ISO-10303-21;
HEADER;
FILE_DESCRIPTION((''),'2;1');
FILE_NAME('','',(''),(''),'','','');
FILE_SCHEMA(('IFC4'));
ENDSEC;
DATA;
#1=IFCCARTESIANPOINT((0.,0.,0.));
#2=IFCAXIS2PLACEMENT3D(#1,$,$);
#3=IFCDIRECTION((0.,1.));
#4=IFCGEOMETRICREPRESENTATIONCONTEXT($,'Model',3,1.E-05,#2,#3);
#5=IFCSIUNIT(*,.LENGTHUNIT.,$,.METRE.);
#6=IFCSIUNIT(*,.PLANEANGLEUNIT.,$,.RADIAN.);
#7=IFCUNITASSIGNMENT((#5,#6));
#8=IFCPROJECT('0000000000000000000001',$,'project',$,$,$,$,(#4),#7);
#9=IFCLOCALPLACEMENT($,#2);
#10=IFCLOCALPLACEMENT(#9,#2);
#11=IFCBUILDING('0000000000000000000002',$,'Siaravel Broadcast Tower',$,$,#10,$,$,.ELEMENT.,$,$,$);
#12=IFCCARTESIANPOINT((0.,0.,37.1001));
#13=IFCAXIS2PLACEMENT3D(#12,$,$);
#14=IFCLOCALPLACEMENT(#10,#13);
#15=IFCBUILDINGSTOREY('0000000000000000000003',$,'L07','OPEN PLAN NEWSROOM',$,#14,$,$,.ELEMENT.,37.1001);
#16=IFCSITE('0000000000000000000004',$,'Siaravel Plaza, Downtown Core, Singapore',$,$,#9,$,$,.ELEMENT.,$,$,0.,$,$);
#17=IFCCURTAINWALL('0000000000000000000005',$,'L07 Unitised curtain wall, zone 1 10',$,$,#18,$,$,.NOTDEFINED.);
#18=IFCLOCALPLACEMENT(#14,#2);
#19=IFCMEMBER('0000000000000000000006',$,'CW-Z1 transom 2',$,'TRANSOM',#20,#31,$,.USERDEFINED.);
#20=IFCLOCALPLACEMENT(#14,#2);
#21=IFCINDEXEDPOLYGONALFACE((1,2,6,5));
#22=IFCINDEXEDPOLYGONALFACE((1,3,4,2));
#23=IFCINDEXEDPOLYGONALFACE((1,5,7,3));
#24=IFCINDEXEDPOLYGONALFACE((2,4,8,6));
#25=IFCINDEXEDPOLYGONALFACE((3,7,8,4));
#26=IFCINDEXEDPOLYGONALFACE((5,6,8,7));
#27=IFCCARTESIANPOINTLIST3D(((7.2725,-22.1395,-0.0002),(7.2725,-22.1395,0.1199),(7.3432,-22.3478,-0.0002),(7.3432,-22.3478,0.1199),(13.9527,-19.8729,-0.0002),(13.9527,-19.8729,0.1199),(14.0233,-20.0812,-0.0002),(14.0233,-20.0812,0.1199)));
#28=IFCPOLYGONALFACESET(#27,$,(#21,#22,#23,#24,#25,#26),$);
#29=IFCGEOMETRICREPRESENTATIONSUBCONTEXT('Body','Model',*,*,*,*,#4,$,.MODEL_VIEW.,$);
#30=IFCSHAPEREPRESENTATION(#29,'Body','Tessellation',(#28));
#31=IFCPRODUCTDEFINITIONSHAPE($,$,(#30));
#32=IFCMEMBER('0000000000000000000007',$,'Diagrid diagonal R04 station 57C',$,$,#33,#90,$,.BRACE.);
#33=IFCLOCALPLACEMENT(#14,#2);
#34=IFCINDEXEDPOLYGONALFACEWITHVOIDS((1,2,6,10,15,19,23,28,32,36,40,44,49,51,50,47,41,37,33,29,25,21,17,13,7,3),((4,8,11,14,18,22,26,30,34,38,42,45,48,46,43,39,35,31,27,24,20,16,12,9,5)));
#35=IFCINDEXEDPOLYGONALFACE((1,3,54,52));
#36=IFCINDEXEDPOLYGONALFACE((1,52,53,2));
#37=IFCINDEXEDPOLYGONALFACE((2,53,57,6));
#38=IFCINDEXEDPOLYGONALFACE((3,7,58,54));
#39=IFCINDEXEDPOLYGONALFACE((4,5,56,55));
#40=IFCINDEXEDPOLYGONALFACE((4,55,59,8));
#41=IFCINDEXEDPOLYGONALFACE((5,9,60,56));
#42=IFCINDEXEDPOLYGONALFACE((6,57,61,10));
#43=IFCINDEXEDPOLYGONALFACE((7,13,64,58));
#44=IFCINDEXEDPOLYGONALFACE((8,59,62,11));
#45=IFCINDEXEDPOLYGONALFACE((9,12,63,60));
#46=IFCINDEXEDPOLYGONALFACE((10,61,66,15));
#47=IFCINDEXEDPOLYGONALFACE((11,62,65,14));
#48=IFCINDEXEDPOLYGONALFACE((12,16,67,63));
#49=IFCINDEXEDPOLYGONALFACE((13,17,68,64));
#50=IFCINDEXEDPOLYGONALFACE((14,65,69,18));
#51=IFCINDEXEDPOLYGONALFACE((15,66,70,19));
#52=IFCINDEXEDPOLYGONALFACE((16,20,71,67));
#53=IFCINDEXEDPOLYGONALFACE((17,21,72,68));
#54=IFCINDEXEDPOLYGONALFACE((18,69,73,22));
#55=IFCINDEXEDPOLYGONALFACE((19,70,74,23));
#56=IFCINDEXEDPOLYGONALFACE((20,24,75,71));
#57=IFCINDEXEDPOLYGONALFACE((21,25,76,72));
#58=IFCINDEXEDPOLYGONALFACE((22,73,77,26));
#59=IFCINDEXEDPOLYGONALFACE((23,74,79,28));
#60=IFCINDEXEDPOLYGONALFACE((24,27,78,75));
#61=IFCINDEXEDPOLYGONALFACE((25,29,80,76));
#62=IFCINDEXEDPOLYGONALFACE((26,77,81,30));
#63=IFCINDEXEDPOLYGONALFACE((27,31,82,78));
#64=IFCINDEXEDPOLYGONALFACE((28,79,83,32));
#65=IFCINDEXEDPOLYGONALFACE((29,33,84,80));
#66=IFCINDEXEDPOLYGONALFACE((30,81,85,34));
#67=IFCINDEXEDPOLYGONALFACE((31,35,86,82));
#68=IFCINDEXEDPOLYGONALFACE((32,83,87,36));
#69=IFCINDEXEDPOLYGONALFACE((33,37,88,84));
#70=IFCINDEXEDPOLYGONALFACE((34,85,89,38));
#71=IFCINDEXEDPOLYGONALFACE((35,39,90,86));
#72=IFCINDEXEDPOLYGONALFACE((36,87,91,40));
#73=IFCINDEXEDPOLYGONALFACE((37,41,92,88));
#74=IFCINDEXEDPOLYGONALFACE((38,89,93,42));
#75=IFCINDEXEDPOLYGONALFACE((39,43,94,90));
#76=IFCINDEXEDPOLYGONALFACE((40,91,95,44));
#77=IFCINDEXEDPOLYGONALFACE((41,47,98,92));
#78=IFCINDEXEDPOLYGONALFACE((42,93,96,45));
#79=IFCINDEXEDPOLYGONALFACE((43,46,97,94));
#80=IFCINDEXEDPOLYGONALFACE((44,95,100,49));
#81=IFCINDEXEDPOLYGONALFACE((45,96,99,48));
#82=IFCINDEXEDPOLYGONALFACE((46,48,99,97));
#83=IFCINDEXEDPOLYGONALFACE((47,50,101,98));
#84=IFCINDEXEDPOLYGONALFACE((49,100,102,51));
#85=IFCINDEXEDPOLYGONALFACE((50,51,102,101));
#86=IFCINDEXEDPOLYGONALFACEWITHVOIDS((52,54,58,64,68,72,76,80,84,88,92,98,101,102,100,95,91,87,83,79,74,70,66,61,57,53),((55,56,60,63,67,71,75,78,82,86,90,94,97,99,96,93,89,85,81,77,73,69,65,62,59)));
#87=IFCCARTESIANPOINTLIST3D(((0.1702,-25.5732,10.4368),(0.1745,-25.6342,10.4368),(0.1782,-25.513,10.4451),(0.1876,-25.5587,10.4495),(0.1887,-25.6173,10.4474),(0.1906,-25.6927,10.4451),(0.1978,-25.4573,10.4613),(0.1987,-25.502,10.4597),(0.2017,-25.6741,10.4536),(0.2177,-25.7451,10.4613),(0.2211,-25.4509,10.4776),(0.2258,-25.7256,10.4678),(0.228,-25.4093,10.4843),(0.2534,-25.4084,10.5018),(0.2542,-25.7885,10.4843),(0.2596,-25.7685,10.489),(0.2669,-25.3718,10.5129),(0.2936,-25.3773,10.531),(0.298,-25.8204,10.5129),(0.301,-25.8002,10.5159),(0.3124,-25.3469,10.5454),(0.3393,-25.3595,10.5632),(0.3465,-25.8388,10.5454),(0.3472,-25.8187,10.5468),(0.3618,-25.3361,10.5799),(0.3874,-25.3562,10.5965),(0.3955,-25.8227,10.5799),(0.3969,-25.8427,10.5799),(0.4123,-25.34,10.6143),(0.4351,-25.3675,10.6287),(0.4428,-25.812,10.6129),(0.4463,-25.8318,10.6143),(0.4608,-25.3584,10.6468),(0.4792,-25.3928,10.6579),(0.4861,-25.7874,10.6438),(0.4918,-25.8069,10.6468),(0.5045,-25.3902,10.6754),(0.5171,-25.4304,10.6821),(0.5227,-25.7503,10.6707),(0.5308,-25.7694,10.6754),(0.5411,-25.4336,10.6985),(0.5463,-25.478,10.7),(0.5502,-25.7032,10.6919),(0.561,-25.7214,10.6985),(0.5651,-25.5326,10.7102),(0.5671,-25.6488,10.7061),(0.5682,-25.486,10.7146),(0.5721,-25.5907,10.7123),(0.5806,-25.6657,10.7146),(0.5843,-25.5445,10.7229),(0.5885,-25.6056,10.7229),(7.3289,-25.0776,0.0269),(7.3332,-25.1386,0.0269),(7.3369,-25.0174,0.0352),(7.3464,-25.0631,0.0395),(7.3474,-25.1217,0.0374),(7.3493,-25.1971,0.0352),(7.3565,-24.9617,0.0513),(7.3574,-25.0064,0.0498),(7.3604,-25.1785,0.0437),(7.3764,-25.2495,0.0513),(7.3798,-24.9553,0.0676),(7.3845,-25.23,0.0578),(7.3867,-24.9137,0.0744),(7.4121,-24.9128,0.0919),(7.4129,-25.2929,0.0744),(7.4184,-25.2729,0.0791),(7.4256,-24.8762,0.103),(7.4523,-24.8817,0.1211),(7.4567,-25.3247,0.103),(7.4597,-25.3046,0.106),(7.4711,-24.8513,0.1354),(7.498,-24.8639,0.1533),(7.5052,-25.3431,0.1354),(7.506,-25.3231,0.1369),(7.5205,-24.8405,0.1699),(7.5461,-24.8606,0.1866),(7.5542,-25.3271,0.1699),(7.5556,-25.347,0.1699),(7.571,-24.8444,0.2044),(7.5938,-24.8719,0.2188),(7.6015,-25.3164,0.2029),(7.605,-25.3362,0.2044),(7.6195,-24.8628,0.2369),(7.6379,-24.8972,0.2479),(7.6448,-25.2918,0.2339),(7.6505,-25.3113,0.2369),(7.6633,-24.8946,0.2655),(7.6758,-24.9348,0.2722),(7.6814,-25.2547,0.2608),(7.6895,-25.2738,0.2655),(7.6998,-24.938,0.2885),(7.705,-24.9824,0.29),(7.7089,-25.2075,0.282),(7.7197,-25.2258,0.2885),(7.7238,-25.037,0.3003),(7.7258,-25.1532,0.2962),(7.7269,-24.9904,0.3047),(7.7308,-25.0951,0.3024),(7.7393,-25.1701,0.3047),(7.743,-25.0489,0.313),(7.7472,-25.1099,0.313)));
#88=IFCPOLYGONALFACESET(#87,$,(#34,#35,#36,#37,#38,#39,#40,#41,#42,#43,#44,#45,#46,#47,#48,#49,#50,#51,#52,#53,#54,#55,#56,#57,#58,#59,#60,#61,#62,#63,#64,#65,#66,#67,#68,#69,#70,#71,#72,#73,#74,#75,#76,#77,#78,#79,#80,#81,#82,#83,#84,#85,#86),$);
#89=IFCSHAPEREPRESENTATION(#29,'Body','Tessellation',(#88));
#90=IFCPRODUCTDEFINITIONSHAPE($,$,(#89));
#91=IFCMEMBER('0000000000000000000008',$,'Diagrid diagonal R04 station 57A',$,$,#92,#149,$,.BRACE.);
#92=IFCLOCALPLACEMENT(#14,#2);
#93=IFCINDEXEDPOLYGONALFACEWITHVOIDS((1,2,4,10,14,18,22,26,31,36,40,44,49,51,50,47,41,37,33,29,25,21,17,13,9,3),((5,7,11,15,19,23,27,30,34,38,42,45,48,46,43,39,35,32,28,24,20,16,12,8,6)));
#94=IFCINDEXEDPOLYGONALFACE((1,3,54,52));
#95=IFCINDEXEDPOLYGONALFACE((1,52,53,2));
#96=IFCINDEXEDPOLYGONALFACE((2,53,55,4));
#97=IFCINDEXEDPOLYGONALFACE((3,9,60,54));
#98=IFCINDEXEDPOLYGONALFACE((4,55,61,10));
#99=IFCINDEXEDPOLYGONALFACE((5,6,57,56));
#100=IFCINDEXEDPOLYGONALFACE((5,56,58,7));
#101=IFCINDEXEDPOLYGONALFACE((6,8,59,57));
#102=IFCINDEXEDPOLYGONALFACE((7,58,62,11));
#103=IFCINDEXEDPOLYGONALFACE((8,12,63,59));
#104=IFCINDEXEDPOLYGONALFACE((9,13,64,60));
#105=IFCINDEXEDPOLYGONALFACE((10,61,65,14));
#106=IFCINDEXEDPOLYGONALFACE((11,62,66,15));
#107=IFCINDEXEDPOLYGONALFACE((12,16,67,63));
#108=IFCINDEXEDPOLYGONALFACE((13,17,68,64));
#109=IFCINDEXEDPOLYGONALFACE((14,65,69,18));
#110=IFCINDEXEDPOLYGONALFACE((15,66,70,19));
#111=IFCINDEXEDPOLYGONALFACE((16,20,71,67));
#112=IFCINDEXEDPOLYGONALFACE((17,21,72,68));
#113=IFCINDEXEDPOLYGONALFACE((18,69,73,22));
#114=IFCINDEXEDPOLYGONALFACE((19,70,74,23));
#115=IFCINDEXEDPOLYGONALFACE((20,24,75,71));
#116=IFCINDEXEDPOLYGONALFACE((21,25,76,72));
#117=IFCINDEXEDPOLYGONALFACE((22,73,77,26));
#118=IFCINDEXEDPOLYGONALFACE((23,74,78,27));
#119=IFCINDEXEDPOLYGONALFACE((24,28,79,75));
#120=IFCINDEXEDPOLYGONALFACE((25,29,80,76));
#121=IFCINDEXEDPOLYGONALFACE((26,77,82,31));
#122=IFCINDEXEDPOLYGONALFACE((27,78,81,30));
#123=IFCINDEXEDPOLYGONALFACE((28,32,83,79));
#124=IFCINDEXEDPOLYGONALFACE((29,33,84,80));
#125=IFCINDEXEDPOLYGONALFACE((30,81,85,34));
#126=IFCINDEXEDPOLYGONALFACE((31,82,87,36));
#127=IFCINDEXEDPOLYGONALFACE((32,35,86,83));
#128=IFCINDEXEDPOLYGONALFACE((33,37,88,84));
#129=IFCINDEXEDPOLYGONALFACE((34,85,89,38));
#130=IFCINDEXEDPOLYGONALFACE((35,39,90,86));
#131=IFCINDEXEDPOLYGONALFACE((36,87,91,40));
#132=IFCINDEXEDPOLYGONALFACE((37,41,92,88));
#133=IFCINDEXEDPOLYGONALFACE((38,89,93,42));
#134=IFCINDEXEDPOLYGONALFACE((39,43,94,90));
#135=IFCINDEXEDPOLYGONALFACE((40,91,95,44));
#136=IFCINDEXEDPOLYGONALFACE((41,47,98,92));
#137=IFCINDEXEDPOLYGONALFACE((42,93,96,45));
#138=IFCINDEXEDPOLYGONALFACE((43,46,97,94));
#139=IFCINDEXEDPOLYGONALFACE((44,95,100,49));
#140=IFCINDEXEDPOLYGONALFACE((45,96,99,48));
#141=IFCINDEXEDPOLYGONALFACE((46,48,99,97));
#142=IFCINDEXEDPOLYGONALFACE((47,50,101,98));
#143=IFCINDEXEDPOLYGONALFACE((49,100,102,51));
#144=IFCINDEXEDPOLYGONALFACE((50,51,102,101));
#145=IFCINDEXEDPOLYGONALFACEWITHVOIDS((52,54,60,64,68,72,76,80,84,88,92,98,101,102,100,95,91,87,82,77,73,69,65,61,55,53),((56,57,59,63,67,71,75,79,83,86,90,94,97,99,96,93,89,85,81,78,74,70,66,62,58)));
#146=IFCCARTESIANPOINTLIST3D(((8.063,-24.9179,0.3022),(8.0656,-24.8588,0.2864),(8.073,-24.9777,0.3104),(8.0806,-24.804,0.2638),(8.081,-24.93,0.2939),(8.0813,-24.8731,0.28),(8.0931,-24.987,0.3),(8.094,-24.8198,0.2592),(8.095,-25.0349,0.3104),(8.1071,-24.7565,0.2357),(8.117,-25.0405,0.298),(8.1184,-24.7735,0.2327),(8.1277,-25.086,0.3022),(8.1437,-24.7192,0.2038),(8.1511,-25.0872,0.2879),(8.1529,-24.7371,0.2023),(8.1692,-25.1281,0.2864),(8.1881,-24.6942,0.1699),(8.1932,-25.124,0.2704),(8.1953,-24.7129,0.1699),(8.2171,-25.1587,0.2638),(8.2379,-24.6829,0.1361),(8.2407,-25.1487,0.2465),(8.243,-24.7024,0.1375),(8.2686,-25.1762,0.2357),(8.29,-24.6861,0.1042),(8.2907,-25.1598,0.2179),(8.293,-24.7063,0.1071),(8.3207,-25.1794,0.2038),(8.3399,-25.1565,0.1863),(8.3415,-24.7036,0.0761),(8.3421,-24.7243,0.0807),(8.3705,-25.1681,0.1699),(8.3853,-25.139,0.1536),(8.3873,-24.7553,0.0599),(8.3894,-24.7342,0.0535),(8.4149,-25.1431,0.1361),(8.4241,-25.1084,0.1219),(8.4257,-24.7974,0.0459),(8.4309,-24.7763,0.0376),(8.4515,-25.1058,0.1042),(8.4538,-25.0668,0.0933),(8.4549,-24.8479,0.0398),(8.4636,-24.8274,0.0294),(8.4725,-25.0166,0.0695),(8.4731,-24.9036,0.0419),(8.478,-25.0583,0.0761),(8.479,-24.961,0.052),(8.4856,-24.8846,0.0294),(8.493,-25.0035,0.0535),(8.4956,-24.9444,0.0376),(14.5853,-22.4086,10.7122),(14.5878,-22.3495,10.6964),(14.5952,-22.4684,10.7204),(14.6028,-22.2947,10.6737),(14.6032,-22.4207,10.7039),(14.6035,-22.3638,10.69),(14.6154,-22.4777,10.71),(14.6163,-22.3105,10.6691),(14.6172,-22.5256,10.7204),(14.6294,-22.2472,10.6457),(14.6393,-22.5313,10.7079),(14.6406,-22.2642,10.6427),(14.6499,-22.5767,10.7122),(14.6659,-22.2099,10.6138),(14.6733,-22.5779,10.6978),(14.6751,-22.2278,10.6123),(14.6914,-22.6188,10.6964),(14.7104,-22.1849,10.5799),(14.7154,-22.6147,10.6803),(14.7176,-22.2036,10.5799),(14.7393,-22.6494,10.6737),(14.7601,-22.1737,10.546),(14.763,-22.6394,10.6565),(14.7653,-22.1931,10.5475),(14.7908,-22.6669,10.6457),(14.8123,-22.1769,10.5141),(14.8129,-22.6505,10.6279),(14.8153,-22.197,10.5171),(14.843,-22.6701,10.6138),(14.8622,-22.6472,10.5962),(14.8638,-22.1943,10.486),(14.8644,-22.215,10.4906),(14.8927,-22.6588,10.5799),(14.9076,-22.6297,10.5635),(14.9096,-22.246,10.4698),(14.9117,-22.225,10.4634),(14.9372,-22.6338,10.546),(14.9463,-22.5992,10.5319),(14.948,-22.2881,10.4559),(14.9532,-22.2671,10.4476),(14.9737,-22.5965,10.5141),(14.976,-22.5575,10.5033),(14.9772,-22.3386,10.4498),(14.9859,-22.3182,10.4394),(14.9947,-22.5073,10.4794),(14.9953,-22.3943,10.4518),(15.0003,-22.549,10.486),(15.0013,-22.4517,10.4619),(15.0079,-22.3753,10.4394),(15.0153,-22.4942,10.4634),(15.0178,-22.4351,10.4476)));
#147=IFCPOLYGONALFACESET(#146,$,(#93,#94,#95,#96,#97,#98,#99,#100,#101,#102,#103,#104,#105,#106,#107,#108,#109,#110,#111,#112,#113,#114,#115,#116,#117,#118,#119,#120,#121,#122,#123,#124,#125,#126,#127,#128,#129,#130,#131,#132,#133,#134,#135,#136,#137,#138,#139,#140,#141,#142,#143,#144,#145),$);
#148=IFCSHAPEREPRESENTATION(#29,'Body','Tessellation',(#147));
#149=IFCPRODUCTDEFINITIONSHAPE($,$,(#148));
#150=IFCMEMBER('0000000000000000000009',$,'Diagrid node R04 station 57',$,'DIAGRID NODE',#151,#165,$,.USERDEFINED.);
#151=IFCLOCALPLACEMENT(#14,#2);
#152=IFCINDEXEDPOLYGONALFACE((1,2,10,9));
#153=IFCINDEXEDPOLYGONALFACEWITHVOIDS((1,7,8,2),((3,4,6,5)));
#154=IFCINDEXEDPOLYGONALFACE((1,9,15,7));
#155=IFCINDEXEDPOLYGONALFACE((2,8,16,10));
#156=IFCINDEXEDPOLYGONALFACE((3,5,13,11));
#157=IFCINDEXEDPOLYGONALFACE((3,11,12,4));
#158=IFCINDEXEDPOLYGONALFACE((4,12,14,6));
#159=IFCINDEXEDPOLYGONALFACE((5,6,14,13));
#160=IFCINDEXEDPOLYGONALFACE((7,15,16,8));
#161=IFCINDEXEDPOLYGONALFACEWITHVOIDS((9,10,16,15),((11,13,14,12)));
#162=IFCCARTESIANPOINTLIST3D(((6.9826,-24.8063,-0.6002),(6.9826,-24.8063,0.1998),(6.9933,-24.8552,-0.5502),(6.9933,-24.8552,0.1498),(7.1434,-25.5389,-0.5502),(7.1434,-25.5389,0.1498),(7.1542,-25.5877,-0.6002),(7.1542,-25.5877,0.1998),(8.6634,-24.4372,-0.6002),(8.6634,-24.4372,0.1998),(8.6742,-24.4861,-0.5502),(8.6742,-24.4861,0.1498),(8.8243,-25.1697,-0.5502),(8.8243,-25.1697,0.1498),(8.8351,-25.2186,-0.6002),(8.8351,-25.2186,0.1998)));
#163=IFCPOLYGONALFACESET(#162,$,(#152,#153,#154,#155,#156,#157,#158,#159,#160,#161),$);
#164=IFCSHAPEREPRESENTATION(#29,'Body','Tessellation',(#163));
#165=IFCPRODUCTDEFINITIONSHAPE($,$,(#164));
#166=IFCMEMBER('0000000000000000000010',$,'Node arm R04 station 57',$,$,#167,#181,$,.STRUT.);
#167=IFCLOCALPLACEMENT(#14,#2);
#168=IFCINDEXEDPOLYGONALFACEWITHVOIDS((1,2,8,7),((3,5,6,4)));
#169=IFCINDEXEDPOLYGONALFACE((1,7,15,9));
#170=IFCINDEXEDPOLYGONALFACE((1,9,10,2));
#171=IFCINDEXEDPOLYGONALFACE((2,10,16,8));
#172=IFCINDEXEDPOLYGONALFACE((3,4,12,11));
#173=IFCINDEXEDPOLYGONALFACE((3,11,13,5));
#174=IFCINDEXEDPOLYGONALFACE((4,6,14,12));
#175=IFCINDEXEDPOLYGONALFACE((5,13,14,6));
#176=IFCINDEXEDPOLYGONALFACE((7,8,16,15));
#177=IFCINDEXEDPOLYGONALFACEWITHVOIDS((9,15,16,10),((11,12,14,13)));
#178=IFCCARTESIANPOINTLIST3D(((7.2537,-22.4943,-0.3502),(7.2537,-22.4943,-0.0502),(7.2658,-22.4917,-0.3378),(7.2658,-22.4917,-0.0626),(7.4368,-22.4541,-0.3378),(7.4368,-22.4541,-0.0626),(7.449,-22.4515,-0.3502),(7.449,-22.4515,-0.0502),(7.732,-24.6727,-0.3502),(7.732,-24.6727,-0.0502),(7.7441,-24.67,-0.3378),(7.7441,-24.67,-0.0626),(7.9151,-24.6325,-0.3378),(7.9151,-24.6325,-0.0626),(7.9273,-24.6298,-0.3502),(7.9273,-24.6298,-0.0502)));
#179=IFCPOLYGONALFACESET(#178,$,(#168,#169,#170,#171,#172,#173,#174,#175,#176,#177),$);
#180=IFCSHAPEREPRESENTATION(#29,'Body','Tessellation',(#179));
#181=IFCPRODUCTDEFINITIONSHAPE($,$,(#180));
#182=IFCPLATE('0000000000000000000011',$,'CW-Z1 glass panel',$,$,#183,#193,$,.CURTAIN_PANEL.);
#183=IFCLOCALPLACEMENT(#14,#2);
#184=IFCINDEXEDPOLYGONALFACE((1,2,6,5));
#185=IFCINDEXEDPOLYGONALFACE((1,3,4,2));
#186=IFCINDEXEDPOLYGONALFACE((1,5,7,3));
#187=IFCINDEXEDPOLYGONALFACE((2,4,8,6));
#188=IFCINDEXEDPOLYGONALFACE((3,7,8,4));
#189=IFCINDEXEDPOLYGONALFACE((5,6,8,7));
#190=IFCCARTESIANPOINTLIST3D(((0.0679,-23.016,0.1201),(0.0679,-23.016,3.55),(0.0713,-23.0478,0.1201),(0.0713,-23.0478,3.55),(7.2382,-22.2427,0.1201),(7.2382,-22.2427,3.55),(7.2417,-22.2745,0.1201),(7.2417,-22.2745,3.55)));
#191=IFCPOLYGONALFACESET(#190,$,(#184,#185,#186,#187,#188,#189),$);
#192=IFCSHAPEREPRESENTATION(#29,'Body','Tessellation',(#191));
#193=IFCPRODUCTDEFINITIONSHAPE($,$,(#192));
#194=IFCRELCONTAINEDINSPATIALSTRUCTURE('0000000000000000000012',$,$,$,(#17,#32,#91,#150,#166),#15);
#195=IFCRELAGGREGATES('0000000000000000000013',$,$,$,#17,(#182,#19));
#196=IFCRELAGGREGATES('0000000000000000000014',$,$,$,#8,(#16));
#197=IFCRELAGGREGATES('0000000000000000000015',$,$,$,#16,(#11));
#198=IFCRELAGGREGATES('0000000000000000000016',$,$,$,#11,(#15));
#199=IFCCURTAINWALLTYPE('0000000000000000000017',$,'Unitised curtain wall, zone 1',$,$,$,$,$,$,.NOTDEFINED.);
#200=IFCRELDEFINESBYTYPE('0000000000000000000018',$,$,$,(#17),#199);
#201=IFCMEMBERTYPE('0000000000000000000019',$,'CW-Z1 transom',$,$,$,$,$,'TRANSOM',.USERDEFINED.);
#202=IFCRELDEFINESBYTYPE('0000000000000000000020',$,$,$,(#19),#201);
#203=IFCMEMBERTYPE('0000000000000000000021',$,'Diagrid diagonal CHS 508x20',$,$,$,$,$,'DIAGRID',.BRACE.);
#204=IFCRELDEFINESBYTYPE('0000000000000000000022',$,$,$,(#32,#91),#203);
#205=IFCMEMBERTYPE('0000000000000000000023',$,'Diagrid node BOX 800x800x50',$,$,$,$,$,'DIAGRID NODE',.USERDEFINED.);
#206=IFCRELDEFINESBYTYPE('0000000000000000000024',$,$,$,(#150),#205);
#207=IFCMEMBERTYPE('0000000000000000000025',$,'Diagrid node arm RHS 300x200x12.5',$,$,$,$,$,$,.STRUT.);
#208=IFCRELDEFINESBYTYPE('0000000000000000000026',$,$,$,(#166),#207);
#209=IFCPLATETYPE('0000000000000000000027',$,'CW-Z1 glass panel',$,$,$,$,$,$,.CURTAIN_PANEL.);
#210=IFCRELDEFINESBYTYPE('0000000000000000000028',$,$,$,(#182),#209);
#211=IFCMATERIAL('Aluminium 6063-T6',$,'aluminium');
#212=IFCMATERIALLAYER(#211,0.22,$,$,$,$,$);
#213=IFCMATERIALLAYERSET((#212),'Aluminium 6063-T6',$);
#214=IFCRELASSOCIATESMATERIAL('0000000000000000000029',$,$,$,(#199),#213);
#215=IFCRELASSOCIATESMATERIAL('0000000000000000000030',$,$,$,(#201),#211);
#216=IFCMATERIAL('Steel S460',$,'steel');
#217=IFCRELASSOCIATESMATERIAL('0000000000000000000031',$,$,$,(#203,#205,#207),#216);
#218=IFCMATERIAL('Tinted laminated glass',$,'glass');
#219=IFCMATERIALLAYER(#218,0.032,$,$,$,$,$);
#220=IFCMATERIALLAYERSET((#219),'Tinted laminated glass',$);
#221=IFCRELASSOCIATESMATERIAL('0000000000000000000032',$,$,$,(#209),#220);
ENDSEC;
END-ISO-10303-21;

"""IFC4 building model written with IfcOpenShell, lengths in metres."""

from ifc_helpers import new_model, si_unit, direction, frame, origin, origin_2d, place, context, subcontext, project, spatial, rectangle, hollow_rectangle, hollow_circle, extrude, material, layer, layer_set, material_profile, profile_set, type_object, element, aggregate, save


model = new_model("IFC4")

# Units and contexts
model_context = context("Model", 3, precision=1e-05, world=origin(), true_north=direction((0.0, 1.0)))
body_context = subcontext(model_context, "Body", "Model", "MODEL_VIEW")
ifc_project = project(units=[si_unit("LENGTHUNIT", "METRE"), si_unit("PLANEANGLEUNIT", "RADIAN")], contexts=[model_context])

# Site, building, storey
site_placement = place(None, origin())
site = spatial("IfcSite", under=ifc_project, at=site_placement, Name="Siaravel Plaza, Downtown Core, Singapore", CompositionType="ELEMENT", RefElevation=0.0)
building_placement = place(site_placement, origin())
building = spatial("IfcBuilding", under=site, at=building_placement, Name="Siaravel Broadcast Tower", CompositionType="ELEMENT")
storey_placement = place(building_placement, frame((0.0, 0.0, 37.1001)))
storey = spatial("IfcBuildingStorey", under=building, at=storey_placement, Name="L07", Description="OPEN PLAN NEWSROOM", CompositionType="ELEMENT", Elevation=37.1001)

# Shared definitions
ifc_material_1 = material(Name="Aluminium 6063-T6", Category="aluminium")
ifc_layer_1 = layer(ifc_material_1, 0.22)
ifc_layer_set_1 = layer_set([ifc_layer_1], Name="Aluminium 6063-T6")
curtain_wall_type = type_object("IfcCurtainWallType", Name="Unitised curtain wall, zone 1", PredefinedType="NOTDEFINED", material=ifc_layer_set_1)

# Curtain wall, member
curtain_wall_1_placement = place(storey_placement, origin())
curtain_wall_1 = element("IfcCurtainWall", 1, at=curtain_wall_1_placement, inside=storey, type_object=curtain_wall_type, Name="L07 Unitised curtain wall, zone 1 10", PredefinedType="NOTDEFINED")
ifc_material_profile_1 = material_profile(ifc_material_1, rectangle(XDim=0.22, YDim=0.1201, at=origin_2d()))
ifc_profile_set_1 = profile_set([ifc_material_profile_1], Name="Aluminium 6063-T6")
member_type_1 = type_object("IfcMemberType", Name="CW-Z1 transom", ElementType="TRANSOM", PredefinedType="USERDEFINED", material=ifc_profile_set_1)
member_1_placement = place(storey_placement, frame((7.3079, -22.2437, 0.0598), z_axis=(0.946974, 0.321311, 0.0), x_axis=(-0.321311, 0.946974, 0.0)))
member_1 = element("IfcMember", 2, at=member_1_placement, type_object=member_type_1, Name="CW-Z1 transom 2", ObjectType="TRANSOM", PredefinedType="USERDEFINED", context=body_context, shape_type="SweptSolid", body=[
    extrude(rectangle(XDim=0.22, YDim=0.1201, at=origin_2d()), origin(), (0.0, 0.0, 1.0), 7.0542),
])

# Members
ifc_material_2 = material(Name="Steel S460", Category="steel")
ifc_material_profile_2 = material_profile(ifc_material_2, hollow_circle(Radius=0.2539, WallThickness=0.02, at=origin_2d()))
ifc_profile_set_2 = profile_set([ifc_material_profile_2], Name="Steel S460")
member_type_2 = type_object("IfcMemberType", Name="Diagrid diagonal CHS 508x20", ElementType="DIAGRID", PredefinedType="BRACE", material=ifc_profile_set_2)
member_2_placement = place(storey_placement, frame((7.5381, -25.0938, 0.1699), z_axis=(-0.566194, -0.039198, 0.823339), x_axis=(0.069066, -0.997612, 0.0)))
element("IfcMember", 3, at=member_2_placement, inside=storey, type_object=member_type_2, Name="Diagrid diagonal R04 station 57C", PredefinedType="BRACE", context=body_context, shape_type="SweptSolid", body=[
    extrude(hollow_circle(Radius=0.2539, WallThickness=0.02, at=origin_2d()), origin(), (0.0, 0.0, 1.0), 12.6436),
])
member_3_placement = place(storey_placement, frame((8.2793, -24.9312, 0.1699), z_axis=(0.520195, 0.200133, 0.830267), x_axis=(-0.35907, 0.93331, 0.0)))
element("IfcMember", 4, at=member_3_placement, inside=storey, type_object=member_type_2, Name="Diagrid diagonal R04 station 57A", PredefinedType="BRACE", context=body_context, shape_type="SweptSolid", body=[
    extrude(hollow_circle(Radius=0.2539, WallThickness=0.02, at=origin_2d()), origin(), (0.0, 0.0, 1.0), 12.5381),
])
ifc_material_profile_3 = material_profile(ifc_material_2, hollow_rectangle(XDim=0.8, YDim=0.8, WallThickness=0.05, at=origin_2d()))
ifc_profile_set_3 = profile_set([ifc_material_profile_3], Name="Steel S460")
member_type_3 = type_object("IfcMemberType", Name="Diagrid node BOX 800x800x50", ElementType="DIAGRID NODE", PredefinedType="USERDEFINED", material=ifc_profile_set_3)
member_4_placement = place(storey_placement, frame((7.0684, -25.197, -0.2002), z_axis=(0.976725, 0.214496, 0.0), x_axis=(-0.214496, 0.976725, 0.0)))
element("IfcMember", 5, at=member_4_placement, inside=storey, type_object=member_type_3, Name="Diagrid node R04 station 57", ObjectType="DIAGRID NODE", PredefinedType="USERDEFINED", context=body_context, shape_type="SweptSolid", body=[
    extrude(hollow_rectangle(XDim=0.8, YDim=0.8, WallThickness=0.05, at=origin_2d()), origin(), (0.0, 0.0, 1.0), 1.7209),
])
ifc_material_profile_4 = material_profile(ifc_material_2, hollow_rectangle(XDim=0.2, YDim=0.3, WallThickness=0.0125, at=origin_2d()))
ifc_profile_set_4 = profile_set([ifc_material_profile_4], Name="Steel S460")
member_type_4 = type_object("IfcMemberType", Name="Diagrid node arm RHS 300x200x12.5", PredefinedType="STRUT", material=ifc_profile_set_4)
member_5_placement = place(storey_placement, frame((7.3513, -22.4729, -0.2002), z_axis=(0.214461, -0.976733, 0.0), x_axis=(0.976733, 0.214461, 0.0)))
element("IfcMember", 6, at=member_5_placement, inside=storey, type_object=member_type_4, Name="Node arm R04 station 57", PredefinedType="STRUT", context=body_context, shape_type="SweptSolid", body=[
    extrude(hollow_rectangle(XDim=0.2, YDim=0.3, WallThickness=0.0125, at=origin_2d()), origin(), (0.0, 0.0, 1.0), 2.2302),
])

# Plate
ifc_material_3 = material(Name="Tinted laminated glass", Category="glass")
ifc_layer_2 = layer(ifc_material_3, 0.032)
ifc_layer_set_2 = layer_set([ifc_layer_2], Name="Tinted laminated glass")
plate_type = type_object("IfcPlateType", Name="CW-Z1 glass panel", PredefinedType="CURTAIN_PANEL", material=ifc_layer_set_2)
plate_1_placement = place(storey_placement, frame((3.6548, -22.6453, 0.1201), z_axis=(0.0, 0.0, 1.0), x_axis=(0.994236, 0.107218, 0.0)))
plate_1 = element("IfcPlate", 7, at=plate_1_placement, type_object=plate_type, Name="CW-Z1 glass panel", PredefinedType="CURTAIN_PANEL", context=body_context, shape_type="SweptSolid", body=[
    extrude(rectangle(XDim=7.2119, YDim=0.032, at=origin_2d()), origin(), (0.0, 0.0, 1.0), 3.4299),
])
aggregate(curtain_wall_1, [plate_1, member_1])

save(model, "model.ifc")
